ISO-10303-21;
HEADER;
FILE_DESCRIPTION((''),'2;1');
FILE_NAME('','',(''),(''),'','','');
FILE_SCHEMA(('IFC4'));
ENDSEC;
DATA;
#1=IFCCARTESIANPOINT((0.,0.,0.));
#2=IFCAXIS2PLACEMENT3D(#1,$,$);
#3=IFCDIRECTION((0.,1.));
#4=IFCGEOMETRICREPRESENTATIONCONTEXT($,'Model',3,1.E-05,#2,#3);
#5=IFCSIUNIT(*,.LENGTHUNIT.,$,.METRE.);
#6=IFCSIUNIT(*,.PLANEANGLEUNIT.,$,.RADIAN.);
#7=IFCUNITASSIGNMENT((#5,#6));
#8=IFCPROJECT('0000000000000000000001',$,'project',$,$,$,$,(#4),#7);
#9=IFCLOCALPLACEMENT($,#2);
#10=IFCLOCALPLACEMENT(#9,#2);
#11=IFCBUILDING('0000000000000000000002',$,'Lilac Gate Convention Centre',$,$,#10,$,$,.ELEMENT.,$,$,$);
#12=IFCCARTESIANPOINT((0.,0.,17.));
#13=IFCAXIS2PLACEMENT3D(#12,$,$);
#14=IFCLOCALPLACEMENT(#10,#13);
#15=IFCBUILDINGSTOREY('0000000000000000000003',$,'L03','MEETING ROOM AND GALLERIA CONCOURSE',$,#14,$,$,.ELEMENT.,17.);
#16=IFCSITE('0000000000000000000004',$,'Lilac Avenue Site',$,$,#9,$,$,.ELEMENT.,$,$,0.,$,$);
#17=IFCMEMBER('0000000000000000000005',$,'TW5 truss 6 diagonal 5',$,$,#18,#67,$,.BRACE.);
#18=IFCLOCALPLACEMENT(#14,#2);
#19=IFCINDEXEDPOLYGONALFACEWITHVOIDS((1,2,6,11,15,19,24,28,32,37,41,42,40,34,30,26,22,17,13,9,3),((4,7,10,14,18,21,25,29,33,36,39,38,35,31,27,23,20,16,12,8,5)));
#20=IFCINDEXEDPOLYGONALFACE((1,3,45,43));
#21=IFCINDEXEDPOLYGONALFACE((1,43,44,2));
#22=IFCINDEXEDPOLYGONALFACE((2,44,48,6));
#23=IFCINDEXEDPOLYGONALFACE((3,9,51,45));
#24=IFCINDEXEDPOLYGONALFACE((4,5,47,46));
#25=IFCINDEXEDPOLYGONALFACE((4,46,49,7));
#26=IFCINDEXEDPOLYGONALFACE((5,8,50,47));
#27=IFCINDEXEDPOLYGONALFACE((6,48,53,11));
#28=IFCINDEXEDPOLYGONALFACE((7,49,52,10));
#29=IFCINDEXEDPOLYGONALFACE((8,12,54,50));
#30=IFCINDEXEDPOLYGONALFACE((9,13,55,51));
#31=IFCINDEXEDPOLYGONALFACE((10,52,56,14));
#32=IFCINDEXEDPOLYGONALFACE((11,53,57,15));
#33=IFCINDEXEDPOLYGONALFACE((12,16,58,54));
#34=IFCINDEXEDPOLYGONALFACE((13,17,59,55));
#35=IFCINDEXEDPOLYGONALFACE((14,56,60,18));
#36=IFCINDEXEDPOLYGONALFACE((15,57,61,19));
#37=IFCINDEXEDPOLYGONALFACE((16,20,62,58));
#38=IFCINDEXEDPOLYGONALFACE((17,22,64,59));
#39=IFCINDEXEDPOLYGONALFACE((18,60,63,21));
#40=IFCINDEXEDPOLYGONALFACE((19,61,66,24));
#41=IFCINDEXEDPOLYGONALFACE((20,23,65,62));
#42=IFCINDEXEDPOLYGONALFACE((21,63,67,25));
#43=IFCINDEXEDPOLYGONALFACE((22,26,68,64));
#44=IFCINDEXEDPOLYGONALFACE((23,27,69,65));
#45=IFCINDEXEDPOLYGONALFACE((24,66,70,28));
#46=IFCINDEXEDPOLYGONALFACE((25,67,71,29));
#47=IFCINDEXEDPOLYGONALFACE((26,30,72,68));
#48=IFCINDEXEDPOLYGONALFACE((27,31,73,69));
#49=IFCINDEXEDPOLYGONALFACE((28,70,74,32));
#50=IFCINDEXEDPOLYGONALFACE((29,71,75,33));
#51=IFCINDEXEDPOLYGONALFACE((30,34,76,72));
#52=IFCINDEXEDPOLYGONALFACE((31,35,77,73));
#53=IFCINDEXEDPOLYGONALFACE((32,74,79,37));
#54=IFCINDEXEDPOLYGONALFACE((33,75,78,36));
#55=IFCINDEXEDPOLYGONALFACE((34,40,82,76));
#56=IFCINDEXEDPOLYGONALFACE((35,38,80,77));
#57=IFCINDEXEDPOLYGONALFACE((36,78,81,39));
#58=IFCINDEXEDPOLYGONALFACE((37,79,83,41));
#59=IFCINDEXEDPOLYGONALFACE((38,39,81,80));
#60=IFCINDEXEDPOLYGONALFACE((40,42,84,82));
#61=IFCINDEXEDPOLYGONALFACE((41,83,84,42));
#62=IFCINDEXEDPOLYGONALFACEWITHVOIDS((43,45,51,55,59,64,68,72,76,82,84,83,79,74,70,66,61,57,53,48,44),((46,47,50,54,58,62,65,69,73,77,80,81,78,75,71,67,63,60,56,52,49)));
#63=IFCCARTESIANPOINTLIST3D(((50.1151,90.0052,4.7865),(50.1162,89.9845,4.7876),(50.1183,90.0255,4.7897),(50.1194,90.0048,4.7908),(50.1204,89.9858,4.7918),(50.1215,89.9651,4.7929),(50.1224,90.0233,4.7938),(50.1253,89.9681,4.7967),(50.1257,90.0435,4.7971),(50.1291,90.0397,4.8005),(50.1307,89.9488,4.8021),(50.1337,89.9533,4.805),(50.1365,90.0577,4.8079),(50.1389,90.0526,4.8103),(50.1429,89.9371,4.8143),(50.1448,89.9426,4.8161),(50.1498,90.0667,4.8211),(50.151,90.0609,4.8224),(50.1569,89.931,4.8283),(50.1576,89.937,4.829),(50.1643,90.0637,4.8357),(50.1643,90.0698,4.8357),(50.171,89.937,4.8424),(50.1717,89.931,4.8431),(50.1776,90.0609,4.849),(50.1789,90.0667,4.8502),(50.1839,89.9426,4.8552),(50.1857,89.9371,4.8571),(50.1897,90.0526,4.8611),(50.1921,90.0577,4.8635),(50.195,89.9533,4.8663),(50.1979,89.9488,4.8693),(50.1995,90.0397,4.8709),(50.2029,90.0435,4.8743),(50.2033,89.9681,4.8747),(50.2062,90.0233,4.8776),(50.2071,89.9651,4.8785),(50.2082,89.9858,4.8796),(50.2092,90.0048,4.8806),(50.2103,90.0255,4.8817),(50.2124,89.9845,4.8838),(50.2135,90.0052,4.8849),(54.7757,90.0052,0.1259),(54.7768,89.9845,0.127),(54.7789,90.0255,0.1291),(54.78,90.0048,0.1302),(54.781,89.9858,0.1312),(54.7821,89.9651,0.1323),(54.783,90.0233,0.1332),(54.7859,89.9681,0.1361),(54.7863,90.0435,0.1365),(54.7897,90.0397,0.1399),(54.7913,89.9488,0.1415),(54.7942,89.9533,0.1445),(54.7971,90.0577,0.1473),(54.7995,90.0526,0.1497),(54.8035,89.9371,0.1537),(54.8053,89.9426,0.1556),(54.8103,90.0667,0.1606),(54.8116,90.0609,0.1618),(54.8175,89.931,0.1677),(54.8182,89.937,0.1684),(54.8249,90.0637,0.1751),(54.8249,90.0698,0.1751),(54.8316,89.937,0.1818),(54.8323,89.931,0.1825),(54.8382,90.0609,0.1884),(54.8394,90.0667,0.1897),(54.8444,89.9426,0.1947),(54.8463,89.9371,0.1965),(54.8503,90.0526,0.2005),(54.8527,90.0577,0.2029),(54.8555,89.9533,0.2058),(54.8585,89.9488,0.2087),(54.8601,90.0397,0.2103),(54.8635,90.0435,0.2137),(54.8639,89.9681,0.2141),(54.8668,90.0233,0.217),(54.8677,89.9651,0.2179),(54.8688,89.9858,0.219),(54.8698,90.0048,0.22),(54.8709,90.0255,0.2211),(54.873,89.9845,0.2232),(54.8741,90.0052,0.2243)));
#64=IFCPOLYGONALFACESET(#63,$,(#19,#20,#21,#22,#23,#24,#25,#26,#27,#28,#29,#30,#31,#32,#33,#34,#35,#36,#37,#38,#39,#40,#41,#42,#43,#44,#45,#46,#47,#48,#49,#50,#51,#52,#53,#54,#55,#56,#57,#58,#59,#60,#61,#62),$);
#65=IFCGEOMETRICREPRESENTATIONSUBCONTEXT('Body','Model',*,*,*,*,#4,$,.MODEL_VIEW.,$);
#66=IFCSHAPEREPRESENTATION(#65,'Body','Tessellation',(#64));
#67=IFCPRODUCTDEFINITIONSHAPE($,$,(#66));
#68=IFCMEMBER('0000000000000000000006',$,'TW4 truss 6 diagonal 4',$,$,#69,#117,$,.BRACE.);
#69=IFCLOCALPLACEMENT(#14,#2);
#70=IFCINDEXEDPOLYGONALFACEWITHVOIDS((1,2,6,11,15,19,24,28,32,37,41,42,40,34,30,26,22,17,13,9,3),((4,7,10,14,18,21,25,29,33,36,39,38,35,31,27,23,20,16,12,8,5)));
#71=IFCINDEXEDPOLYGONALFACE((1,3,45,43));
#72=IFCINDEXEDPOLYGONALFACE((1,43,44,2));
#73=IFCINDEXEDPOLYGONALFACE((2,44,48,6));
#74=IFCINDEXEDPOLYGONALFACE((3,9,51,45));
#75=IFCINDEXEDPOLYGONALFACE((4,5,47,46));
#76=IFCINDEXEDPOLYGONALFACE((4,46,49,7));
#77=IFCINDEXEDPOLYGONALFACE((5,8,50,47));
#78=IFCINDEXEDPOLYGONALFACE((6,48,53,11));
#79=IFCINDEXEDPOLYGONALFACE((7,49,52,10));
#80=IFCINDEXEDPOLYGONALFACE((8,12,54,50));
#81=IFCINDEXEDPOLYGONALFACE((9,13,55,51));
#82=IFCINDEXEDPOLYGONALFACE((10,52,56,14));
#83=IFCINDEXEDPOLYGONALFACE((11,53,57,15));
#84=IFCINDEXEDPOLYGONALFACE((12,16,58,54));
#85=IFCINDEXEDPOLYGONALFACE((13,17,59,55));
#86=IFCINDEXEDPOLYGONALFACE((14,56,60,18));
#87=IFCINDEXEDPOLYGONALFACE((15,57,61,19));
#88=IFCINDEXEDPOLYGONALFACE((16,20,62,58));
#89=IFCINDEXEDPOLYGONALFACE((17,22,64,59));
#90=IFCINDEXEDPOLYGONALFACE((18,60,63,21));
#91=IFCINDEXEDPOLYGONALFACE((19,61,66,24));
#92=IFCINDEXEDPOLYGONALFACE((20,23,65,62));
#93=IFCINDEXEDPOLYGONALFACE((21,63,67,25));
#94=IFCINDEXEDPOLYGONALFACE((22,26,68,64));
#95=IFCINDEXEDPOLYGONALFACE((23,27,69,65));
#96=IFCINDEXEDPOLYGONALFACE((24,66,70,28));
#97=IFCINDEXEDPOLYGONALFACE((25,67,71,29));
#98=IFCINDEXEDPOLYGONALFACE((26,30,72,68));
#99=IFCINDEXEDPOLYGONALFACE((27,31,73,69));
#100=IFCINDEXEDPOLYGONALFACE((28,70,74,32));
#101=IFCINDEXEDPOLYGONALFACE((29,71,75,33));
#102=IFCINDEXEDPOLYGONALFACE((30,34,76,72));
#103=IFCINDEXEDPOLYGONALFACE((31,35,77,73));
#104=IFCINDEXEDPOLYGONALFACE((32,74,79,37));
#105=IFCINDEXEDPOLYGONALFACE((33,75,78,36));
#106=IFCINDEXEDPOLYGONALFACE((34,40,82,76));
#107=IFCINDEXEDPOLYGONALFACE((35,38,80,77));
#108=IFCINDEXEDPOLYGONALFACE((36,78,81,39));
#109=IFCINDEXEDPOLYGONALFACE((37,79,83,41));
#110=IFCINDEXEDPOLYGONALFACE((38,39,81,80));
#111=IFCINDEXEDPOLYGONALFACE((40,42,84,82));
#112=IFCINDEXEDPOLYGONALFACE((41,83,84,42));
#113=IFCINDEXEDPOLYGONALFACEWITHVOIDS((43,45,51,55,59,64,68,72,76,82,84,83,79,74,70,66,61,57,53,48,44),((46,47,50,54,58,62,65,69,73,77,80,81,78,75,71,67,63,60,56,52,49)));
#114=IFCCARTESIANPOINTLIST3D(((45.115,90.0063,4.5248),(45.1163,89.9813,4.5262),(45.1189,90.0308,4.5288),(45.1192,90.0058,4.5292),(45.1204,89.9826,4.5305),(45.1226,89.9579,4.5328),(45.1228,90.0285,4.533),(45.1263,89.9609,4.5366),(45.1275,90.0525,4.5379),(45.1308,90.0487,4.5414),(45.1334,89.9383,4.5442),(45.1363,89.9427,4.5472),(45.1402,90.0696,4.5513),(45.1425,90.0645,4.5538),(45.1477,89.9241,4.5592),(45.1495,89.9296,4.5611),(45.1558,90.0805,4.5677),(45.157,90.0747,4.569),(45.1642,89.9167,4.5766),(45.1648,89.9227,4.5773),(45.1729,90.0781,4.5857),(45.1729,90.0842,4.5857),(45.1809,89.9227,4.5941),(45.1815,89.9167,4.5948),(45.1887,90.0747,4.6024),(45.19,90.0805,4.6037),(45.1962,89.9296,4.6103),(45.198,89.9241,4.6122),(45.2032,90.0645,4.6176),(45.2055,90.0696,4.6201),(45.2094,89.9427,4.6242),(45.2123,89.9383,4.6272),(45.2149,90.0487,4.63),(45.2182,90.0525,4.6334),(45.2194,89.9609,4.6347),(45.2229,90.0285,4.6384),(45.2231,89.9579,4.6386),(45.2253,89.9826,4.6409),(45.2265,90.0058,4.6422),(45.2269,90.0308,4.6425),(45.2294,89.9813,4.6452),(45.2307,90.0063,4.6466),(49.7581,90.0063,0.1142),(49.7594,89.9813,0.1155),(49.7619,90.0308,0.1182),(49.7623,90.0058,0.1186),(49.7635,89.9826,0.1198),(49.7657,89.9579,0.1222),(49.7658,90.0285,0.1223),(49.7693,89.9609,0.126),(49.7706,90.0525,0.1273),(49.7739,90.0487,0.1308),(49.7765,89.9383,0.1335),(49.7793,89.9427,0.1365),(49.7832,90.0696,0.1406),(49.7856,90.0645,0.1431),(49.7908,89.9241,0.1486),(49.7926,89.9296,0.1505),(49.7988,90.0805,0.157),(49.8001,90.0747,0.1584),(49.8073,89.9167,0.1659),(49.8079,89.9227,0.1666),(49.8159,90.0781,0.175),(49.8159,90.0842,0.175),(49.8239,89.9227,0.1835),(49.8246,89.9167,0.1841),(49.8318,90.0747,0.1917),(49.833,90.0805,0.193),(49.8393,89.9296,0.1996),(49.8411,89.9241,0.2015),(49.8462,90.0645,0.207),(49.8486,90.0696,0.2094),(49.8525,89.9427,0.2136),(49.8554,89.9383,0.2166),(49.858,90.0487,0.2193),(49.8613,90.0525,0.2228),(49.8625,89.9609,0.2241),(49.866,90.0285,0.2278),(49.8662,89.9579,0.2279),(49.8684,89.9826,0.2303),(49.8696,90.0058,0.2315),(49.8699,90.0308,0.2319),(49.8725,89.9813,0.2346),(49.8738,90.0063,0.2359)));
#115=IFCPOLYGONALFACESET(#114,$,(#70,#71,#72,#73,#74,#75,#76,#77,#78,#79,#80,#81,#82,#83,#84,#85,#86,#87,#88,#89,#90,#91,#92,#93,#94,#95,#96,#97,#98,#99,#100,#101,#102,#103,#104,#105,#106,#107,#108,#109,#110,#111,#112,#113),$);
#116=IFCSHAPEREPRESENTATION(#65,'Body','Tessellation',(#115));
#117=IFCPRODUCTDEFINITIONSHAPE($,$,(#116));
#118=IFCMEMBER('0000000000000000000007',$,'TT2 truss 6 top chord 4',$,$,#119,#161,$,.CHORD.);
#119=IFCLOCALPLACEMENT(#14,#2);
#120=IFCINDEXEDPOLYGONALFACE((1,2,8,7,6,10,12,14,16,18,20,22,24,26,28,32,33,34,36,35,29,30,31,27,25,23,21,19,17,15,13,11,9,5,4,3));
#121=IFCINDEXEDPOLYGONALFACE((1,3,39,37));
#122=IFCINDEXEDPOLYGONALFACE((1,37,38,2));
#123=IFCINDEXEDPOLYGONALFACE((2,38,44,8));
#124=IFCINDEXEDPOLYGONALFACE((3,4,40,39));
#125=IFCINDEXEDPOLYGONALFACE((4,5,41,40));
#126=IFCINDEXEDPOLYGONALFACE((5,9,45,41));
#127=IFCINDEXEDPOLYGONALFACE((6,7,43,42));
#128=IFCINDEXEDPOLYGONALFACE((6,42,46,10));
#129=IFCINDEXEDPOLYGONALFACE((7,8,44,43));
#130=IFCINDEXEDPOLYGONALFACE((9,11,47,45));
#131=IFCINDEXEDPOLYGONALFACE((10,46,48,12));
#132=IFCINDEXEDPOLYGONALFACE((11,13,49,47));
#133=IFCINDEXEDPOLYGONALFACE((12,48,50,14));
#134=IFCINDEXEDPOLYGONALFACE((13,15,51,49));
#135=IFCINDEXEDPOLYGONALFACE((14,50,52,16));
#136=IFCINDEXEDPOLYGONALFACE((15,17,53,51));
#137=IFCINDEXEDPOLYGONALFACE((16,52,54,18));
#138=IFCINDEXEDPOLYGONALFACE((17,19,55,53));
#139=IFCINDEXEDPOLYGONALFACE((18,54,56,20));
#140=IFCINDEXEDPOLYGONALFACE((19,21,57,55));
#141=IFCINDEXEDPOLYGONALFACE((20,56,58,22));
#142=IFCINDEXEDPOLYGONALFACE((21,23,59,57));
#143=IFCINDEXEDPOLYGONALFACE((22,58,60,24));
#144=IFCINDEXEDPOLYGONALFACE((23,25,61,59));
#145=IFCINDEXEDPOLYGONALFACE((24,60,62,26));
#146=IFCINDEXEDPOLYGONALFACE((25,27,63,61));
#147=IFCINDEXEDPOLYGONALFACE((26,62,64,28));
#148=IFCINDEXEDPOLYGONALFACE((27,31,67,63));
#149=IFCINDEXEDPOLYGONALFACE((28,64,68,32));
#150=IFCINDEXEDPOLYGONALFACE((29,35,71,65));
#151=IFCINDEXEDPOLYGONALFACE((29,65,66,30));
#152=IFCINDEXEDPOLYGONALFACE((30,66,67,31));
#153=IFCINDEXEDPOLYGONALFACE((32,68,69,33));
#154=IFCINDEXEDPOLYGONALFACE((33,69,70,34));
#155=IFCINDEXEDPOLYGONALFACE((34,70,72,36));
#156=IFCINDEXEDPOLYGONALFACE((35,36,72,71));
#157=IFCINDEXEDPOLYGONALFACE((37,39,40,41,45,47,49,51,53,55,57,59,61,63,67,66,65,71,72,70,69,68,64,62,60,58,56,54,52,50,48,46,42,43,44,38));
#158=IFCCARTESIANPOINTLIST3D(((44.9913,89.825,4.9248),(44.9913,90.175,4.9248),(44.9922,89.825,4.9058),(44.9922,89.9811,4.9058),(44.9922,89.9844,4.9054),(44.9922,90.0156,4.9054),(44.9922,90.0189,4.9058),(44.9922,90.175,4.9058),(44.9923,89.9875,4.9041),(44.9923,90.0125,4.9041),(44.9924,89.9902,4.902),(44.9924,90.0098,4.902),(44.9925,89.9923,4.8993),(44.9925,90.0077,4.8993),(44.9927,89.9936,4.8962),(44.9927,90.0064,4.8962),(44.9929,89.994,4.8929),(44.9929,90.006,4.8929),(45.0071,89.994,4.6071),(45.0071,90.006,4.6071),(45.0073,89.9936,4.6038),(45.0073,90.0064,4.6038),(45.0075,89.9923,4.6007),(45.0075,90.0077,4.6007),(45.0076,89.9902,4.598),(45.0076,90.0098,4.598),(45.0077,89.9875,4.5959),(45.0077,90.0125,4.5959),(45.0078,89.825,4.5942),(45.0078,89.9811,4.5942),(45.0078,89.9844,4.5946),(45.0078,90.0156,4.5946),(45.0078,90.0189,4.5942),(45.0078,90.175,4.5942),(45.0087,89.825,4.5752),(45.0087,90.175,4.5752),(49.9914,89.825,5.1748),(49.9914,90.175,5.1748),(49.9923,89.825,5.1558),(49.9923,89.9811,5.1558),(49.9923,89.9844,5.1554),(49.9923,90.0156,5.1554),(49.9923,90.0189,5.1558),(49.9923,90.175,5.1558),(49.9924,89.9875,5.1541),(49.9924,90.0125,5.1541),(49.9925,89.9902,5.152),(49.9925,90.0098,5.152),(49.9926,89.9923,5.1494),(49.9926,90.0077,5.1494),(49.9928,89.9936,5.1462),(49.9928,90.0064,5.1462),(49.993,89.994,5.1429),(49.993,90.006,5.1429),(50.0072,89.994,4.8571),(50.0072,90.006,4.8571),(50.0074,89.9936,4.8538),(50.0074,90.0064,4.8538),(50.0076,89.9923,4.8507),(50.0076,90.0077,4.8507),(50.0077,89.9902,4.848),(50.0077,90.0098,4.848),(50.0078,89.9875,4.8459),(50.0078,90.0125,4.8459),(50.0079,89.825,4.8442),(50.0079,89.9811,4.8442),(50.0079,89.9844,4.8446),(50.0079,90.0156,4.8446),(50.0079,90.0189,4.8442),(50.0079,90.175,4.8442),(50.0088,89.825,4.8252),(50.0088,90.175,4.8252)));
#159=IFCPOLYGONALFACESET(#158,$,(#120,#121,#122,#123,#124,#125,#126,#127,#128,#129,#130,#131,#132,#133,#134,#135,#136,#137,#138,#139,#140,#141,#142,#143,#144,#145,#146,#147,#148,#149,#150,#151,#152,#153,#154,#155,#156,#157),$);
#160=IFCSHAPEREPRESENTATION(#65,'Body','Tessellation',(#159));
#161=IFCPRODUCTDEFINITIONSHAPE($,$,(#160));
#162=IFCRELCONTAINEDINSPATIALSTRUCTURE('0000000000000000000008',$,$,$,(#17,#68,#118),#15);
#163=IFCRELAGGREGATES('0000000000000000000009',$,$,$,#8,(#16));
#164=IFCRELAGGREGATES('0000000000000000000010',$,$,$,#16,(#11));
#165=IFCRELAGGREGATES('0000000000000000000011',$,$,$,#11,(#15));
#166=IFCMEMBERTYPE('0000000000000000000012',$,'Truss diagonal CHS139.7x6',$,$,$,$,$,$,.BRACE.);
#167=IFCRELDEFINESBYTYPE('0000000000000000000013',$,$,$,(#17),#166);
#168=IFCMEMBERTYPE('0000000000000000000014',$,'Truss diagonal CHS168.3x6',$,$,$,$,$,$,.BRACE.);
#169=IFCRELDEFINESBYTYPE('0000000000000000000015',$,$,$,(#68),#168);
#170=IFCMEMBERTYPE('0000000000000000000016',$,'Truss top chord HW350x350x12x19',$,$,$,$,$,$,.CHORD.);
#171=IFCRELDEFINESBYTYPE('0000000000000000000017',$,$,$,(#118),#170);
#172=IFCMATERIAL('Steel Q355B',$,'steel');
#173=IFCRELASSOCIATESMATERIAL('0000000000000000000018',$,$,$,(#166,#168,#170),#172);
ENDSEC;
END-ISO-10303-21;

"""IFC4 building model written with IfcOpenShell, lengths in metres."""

from ifc_helpers import new_model, si_unit, direction, frame, origin, origin_2d, place, context, subcontext, project, spatial, hollow_circle, i_section, extrude, material, material_profile, profile_set, type_object, element, save


model = new_model("IFC4")

# Units and contexts
model_context = context("Model", 3, precision=1e-05, world=origin(), true_north=direction((0.0, 1.0)))
body_context = subcontext(model_context, "Body", "Model", "MODEL_VIEW")
ifc_project = project(units=[si_unit("LENGTHUNIT", "METRE"), si_unit("PLANEANGLEUNIT", "RADIAN")], contexts=[model_context])

# Site, building, storey
site_placement = place(None, origin())
site = spatial("IfcSite", under=ifc_project, at=site_placement, Name="Lilac Avenue Site", CompositionType="ELEMENT", RefElevation=0.0)
building_placement = place(site_placement, origin())
building = spatial("IfcBuilding", under=site, at=building_placement, Name="Lilac Gate Convention Centre", CompositionType="ELEMENT")
storey_placement = place(building_placement, frame((0.0, 0.0, 17.0)))
storey = spatial("IfcBuildingStorey", under=building, at=storey_placement, Name="L03", Description="MEETING ROOM AND GALLERIA CONCOURSE", CompositionType="ELEMENT", Elevation=17.0)

# Members
ifc_material = material(Name="Steel Q355B", Category="steel")
ifc_material_profile_1 = material_profile(ifc_material, hollow_circle(Radius=0.0698, WallThickness=0.0061, at=origin_2d()), Name="CHS139.7x6")
ifc_profile_set_1 = profile_set([ifc_material_profile_1], Name="Steel Q355B")
member_type_1 = type_object("IfcMemberType", Name="Truss diagonal CHS139.7x6", PredefinedType="BRACE", material=ifc_profile_set_1)
member_1_placement = place(storey_placement, frame((50.1643, 90.0, 4.8357), z_axis=(0.707107, 0.0, -0.707107), x_axis=(0.0, 1.0, 0.0)))
element("IfcMember", 1, at=member_1_placement, inside=storey, type_object=member_type_1, Name="TW5 truss 6 diagonal 5", PredefinedType="BRACE", context=body_context, shape_type="SweptSolid", body=[
    extrude(hollow_circle(Radius=0.0698, WallThickness=0.0061, at=origin_2d()), origin(), (0.0, 0.0, 1.0), 6.5911),
])
ifc_material_profile_2 = material_profile(ifc_material, hollow_circle(Radius=0.0842, WallThickness=0.0061, at=origin_2d()), Name="CHS168.3x6")
ifc_profile_set_2 = profile_set([ifc_material_profile_2], Name="Steel Q355B")
member_type_2 = type_object("IfcMemberType", Name="Truss diagonal CHS168.3x6", PredefinedType="BRACE", material=ifc_profile_set_2)
member_2_placement = place(storey_placement, frame((45.1729, 90.0, 4.5857), z_axis=(0.72502, 0.0, -0.688727), x_axis=(0.0, 1.0, 0.0)))
element("IfcMember", 2, at=member_2_placement, inside=storey, type_object=member_type_2, Name="TW4 truss 6 diagonal 4", PredefinedType="BRACE", context=body_context, shape_type="SweptSolid", body=[
    extrude(hollow_circle(Radius=0.0842, WallThickness=0.0061, at=origin_2d()), origin(), (0.0, 0.0, 1.0), 6.4041),
])
ifc_material_profile_3 = material_profile(ifc_material, i_section(OverallWidth=0.3501, OverallDepth=0.3501, WebThickness=0.012, FlangeThickness=0.019, FilletRadius=0.0129, at=origin_2d()), Name="HW350x350x12x19")
ifc_profile_set_3 = profile_set([ifc_material_profile_3], Name="Steel Q355B")
member_type_3 = type_object("IfcMemberType", Name="Truss top chord HW350x350x12x19", PredefinedType="CHORD", material=ifc_profile_set_3)
for number, where, z_axis, x_axis, name in (
    (3, (45.0, 90.0, 4.75), (0.998752, 0.0, 0.049938), (0.0, 1.0, 0.0), "TT2 truss 6 top chord 4"),
):
    element("IfcMember", number, at=place(storey_placement, frame(where, z_axis=z_axis, x_axis=x_axis)), inside=storey, type_object=member_type_3, Name=name, PredefinedType="CHORD", context=body_context, shape_type="SweptSolid", body=[
        extrude(i_section(OverallWidth=0.3501, OverallDepth=0.3501, WebThickness=0.012, FlangeThickness=0.019, FilletRadius=0.0129, at=origin_2d()), origin(), (0.0, 0.0, 1.0), 5.0063),
    ])

save(model, "model.ifc")
